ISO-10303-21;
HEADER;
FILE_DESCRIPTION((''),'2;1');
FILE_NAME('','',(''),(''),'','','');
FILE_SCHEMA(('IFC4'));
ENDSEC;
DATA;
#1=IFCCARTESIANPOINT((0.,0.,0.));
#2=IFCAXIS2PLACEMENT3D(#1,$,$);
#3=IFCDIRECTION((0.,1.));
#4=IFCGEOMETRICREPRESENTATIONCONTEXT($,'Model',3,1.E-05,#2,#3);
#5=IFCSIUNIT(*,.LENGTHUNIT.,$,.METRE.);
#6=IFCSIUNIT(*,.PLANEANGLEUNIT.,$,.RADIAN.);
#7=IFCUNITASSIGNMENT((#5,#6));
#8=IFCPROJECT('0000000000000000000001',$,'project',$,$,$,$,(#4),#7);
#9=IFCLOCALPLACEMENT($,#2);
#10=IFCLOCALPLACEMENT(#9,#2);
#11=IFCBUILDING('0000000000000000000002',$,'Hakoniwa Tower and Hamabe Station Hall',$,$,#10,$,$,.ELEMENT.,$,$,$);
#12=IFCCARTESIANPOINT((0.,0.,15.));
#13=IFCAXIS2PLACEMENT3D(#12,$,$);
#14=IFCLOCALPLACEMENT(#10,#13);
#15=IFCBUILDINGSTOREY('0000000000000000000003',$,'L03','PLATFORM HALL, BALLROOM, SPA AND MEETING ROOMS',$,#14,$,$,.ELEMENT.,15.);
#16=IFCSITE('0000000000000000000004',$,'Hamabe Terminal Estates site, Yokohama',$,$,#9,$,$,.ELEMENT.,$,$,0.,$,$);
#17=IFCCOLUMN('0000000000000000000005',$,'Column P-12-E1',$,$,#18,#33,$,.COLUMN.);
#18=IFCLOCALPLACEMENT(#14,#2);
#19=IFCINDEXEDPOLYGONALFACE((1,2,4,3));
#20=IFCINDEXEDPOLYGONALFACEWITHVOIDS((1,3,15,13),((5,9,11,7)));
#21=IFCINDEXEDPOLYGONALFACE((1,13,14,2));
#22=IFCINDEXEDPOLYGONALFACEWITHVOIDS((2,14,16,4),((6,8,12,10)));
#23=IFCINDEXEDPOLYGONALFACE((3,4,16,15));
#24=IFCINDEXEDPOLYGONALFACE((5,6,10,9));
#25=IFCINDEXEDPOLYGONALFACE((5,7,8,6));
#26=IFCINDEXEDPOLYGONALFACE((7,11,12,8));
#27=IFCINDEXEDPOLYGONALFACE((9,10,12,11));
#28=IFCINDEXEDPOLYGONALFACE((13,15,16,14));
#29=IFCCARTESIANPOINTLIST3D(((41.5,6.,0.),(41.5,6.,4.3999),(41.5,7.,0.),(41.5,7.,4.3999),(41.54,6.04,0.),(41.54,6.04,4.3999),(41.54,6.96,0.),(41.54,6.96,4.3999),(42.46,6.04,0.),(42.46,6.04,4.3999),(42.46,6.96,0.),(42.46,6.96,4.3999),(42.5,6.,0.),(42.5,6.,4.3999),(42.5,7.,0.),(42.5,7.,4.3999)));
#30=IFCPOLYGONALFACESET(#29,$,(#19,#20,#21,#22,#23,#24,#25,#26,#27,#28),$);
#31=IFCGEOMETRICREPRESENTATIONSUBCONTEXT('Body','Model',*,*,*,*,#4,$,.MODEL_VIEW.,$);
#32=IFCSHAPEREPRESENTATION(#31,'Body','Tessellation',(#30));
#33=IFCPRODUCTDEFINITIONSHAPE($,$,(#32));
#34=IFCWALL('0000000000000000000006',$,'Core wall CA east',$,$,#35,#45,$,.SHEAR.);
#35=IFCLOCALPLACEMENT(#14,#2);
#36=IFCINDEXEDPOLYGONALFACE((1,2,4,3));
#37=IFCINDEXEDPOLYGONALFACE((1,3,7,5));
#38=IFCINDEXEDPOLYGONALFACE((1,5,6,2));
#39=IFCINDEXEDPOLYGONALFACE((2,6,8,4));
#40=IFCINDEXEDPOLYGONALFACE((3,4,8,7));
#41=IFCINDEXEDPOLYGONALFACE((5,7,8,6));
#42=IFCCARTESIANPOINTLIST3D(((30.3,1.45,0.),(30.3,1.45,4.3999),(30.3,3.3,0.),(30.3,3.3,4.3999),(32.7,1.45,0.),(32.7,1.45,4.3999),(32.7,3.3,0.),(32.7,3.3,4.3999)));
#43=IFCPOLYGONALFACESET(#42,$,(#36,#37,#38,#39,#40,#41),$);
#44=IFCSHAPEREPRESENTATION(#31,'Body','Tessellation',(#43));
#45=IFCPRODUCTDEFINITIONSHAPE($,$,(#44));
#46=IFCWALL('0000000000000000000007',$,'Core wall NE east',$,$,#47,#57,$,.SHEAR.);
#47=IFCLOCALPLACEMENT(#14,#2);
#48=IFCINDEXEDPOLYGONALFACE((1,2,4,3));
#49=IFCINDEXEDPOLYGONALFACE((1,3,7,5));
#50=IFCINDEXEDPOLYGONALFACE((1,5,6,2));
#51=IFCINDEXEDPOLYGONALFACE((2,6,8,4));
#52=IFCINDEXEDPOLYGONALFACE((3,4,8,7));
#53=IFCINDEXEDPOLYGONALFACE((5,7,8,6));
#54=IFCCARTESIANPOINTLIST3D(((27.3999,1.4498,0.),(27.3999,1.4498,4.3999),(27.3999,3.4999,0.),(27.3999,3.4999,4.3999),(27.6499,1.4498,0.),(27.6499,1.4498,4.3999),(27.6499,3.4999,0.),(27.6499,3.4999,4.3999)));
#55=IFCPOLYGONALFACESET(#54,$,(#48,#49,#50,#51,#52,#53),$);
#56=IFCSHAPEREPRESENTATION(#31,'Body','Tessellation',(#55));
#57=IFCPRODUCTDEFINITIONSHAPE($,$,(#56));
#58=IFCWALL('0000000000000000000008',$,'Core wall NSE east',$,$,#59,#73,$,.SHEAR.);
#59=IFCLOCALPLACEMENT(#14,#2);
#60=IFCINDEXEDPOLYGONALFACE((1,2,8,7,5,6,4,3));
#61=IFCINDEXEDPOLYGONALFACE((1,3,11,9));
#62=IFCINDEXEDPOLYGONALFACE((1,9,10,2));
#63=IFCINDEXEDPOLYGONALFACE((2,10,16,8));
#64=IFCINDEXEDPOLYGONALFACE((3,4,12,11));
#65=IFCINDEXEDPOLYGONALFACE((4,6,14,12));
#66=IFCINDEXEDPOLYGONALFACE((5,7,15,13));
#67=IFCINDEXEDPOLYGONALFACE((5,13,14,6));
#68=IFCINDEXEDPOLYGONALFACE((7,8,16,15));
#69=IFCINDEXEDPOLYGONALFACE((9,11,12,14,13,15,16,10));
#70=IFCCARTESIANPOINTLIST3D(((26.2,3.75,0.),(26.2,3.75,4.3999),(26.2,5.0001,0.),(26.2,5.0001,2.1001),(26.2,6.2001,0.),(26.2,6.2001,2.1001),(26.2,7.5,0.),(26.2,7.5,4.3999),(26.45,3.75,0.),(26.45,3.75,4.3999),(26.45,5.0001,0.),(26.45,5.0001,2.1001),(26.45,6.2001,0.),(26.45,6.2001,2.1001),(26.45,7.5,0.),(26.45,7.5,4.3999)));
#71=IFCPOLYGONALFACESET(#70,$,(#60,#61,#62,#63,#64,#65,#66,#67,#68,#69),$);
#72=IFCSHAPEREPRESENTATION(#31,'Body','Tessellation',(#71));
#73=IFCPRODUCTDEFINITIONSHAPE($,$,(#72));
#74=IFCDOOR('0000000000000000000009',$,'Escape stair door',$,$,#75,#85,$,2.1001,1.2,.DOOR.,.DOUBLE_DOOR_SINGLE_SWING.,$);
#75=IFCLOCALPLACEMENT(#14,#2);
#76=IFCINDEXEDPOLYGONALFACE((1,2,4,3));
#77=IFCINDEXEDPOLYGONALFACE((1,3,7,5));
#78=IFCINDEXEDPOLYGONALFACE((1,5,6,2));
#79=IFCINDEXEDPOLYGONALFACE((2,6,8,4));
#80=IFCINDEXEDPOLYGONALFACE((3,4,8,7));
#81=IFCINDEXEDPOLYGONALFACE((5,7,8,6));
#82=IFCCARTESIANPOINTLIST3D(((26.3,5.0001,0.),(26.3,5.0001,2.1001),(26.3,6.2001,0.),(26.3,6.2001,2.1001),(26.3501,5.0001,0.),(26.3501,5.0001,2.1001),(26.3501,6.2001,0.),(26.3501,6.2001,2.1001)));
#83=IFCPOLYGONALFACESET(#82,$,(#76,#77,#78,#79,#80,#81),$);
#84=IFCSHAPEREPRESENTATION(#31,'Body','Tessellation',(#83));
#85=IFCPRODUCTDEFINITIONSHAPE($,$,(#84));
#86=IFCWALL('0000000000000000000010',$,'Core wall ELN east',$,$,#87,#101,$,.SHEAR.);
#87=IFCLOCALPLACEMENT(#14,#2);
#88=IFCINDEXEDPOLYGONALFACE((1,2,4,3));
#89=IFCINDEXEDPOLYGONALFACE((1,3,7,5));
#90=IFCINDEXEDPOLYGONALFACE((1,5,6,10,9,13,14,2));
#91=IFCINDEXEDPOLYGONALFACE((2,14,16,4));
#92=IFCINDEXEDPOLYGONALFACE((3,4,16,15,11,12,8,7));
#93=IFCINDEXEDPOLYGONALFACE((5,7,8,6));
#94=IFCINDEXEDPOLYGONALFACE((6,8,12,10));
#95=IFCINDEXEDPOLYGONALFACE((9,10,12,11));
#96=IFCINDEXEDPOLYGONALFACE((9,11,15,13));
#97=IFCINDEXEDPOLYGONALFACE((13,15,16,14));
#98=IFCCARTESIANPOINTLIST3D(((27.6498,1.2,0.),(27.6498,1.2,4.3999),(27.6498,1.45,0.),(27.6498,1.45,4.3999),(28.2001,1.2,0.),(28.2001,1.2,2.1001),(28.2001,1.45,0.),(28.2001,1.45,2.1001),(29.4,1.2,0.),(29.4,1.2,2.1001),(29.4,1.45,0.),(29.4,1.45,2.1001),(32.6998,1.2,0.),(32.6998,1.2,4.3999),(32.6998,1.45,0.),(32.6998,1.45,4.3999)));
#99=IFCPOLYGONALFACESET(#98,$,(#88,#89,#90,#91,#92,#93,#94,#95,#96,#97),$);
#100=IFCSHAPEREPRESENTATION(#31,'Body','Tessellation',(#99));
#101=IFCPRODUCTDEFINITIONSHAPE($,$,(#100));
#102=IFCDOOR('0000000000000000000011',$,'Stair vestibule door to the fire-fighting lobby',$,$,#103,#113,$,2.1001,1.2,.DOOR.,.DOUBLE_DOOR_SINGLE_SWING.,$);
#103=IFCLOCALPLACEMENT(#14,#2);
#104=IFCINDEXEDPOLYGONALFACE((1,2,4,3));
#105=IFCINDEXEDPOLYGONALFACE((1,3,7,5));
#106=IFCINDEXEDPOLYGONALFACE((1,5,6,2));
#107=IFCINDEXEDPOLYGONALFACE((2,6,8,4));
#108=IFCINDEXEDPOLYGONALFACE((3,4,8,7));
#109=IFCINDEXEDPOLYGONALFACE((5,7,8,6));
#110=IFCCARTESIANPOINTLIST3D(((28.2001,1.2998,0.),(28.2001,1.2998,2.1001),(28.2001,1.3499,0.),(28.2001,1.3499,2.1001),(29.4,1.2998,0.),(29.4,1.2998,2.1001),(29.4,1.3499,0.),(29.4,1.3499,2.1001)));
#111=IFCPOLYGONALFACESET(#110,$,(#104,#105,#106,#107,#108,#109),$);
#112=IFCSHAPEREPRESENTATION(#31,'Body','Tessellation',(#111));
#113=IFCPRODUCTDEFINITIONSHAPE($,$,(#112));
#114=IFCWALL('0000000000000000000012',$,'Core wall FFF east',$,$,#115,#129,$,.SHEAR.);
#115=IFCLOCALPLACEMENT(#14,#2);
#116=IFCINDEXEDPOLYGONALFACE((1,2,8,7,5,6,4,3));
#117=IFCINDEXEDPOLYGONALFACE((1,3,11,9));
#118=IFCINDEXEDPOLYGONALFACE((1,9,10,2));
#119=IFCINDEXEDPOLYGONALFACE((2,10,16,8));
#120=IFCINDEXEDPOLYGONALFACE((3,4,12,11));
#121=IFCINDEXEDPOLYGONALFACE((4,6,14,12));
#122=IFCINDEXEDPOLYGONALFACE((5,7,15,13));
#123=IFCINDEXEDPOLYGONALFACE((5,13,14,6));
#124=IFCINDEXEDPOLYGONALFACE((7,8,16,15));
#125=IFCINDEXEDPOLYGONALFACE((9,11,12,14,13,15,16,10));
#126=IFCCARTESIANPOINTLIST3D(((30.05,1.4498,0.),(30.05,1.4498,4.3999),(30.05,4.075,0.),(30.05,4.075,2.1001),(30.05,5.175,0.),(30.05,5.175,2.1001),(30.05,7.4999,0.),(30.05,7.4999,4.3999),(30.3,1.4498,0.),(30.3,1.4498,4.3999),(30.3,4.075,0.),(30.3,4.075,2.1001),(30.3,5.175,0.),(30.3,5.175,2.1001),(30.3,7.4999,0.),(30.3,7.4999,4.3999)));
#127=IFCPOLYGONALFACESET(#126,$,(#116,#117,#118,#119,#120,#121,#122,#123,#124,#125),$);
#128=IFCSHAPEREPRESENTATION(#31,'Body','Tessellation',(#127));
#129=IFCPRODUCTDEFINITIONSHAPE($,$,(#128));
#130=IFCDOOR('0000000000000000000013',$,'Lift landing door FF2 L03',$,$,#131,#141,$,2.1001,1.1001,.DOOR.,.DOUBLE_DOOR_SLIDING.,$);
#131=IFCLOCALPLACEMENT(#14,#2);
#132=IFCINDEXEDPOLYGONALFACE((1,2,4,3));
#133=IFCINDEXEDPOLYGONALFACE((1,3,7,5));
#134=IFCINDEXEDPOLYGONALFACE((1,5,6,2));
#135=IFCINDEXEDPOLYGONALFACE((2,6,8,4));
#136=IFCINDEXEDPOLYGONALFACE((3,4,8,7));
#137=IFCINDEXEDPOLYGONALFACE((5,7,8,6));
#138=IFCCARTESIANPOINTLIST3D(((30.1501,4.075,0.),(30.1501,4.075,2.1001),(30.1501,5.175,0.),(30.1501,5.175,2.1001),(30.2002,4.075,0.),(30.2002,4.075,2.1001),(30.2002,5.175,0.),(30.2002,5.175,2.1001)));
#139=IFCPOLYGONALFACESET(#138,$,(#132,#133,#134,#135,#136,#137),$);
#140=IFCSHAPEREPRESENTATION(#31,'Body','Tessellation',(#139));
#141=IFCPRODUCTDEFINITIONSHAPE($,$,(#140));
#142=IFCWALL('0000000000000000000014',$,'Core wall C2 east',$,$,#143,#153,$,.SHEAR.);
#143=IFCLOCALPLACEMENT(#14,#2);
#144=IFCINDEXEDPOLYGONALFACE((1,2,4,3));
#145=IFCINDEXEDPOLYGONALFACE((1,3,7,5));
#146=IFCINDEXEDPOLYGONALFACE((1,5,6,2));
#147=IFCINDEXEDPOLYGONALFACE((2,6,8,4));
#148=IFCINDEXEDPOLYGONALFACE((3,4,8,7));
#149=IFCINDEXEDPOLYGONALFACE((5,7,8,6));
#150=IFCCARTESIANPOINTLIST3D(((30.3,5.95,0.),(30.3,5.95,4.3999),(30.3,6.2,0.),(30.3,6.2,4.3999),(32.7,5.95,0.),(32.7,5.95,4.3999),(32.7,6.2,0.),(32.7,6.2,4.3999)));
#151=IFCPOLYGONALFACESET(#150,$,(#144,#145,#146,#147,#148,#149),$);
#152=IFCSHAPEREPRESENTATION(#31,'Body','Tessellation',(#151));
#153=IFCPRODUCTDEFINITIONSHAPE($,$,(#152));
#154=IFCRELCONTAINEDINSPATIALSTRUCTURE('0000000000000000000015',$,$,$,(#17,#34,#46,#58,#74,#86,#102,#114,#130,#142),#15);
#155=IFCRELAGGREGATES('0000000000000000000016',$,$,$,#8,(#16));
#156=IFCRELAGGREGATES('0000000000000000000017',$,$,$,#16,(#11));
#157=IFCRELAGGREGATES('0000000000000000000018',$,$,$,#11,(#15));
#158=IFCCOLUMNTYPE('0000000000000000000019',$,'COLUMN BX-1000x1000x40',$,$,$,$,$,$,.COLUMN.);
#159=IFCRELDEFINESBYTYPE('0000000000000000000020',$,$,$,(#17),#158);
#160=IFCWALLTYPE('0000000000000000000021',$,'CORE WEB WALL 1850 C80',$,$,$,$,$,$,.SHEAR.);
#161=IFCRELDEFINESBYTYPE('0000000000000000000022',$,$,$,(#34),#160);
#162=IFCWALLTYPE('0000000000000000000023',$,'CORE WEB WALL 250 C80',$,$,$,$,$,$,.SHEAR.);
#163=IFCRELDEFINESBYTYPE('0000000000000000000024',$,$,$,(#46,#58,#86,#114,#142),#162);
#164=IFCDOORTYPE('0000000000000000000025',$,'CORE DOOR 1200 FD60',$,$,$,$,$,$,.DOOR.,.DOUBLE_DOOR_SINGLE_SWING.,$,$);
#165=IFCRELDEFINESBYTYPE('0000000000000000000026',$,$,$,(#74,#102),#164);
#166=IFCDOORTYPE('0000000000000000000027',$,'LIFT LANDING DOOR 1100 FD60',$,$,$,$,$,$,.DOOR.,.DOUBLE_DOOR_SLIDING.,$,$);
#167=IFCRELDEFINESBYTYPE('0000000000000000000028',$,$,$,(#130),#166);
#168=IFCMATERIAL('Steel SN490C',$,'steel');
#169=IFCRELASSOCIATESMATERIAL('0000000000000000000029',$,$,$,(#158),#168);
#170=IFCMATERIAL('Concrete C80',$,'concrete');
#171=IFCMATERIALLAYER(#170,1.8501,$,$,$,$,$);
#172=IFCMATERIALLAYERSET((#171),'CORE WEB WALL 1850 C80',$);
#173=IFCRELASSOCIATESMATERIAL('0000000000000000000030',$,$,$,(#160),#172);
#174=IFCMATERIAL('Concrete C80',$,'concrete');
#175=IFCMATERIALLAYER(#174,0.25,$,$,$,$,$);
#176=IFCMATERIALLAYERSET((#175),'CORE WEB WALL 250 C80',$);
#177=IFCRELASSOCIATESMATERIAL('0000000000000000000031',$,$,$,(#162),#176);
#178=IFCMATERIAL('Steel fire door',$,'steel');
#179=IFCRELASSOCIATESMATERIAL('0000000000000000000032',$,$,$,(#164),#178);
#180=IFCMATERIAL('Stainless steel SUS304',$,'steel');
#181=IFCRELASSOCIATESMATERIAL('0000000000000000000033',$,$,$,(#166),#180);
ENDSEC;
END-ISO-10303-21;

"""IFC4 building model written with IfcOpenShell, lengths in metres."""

from ifc_helpers import new_model, si_unit, direction, frame, frame_2d, origin, origin_2d, place, context, subcontext, project, spatial, rectangle, hollow_rectangle, extrude, material, layer, layer_set, material_profile, profile_set, type_object, element, fill, save


model = new_model("IFC4")

# Units and contexts
model_context = context("Model", 3, precision=1e-05, world=origin(), true_north=direction((0.0, 1.0)))
body_context = subcontext(model_context, "Body", "Model", "MODEL_VIEW")
ifc_project = project(units=[si_unit("LENGTHUNIT", "METRE"), si_unit("PLANEANGLEUNIT", "RADIAN")], contexts=[model_context])

# Site, building, storey
site_placement = place(None, origin())
site = spatial("IfcSite", under=ifc_project, at=site_placement, Name="Hamabe Terminal Estates site, Yokohama", CompositionType="ELEMENT", RefElevation=0.0)
building_placement = place(site_placement, origin())
building = spatial("IfcBuilding", under=site, at=building_placement, Name="Hakoniwa Tower and Hamabe Station Hall", CompositionType="ELEMENT")
storey_placement = place(building_placement, frame((0.0, 0.0, 15.0)))
storey = spatial("IfcBuildingStorey", under=building, at=storey_placement, Name="L03", Description="PLATFORM HALL, BALLROOM, SPA AND MEETING ROOMS", CompositionType="ELEMENT", Elevation=15.0)

# Column
ifc_material_1 = material(Name="Steel SN490C", Category="steel")
ifc_material_profile = material_profile(ifc_material_1, hollow_rectangle(XDim=1.0, YDim=1.0, WallThickness=0.04, at=origin_2d()), Name="BX-1000x1000x40")
ifc_profile_set = profile_set([ifc_material_profile], Name="Steel SN490C")
column_type = type_object("IfcColumnType", Name="COLUMN BX-1000x1000x40", PredefinedType="COLUMN", material=ifc_profile_set)
column_placement = place(storey_placement, frame((42.0, 6.5, 0.0), z_axis=(0.0, 0.0, 1.0), x_axis=(1.0, 0.0, 0.0)))
element("IfcColumn", 1, at=column_placement, inside=storey, type_object=column_type, Name="Column P-12-E1", PredefinedType="COLUMN", context=body_context, shape_type="SweptSolid", body=[
    extrude(hollow_rectangle(XDim=1.0, YDim=1.0, WallThickness=0.04, at=origin_2d()), origin(), (0.0, 0.0, 1.0), 4.3999),
])

# Walls
ifc_material_2 = material(Name="Concrete C80", Category="concrete")
ifc_layer_1 = layer(ifc_material_2, 1.8501)
ifc_layer_set_1 = layer_set([ifc_layer_1], Name="CORE WEB WALL 1850 C80")
wall_type_1 = type_object("IfcWallType", Name="CORE WEB WALL 1850 C80", PredefinedType="SHEAR", material=ifc_layer_set_1)
wall_1_placement = place(storey_placement, frame((30.3, 2.375, 0.0), z_axis=(0.0, 0.0, 1.0), x_axis=(1.0, 0.0, 0.0)))
element("IfcWall", 2, at=wall_1_placement, inside=storey, type_object=wall_type_1, Name="Core wall CA east", PredefinedType="SHEAR", context=body_context, shape_type="SweptSolid", body=[
    extrude(rectangle(XDim=2.3999, YDim=1.8501, at=frame_2d((1.2, 0.0))), origin(), (0.0, 0.0, 1.0), 4.3999),
])
ifc_material_3 = material(Name="Concrete C80", Category="concrete")
ifc_layer_2 = layer(ifc_material_3, 0.25)
ifc_layer_set_2 = layer_set([ifc_layer_2], Name="CORE WEB WALL 250 C80")
wall_type_2 = type_object("IfcWallType", Name="CORE WEB WALL 250 C80", PredefinedType="SHEAR", material=ifc_layer_set_2)
wall_2_placement = place(storey_placement, frame((27.5249, 1.45, 0.0), z_axis=(0.0, 0.0, 1.0), x_axis=(0.0, 1.0, 0.0)))
element("IfcWall", 3, at=wall_2_placement, inside=storey, type_object=wall_type_2, Name="Core wall NE east", PredefinedType="SHEAR", context=body_context, shape_type="SweptSolid", body=[
    extrude(rectangle(XDim=2.05, YDim=0.25, at=frame_2d((1.0249, 0.0))), origin(), (0.0, 0.0, 1.0), 4.3999),
])

# Walls, openings, doors
wall_3_placement = place(storey_placement, frame((26.325, 3.75, 0.0), z_axis=(0.0, 0.0, 1.0), x_axis=(0.0, 1.0, 0.0)))
wall_3 = element("IfcWall", 4, at=wall_3_placement, inside=storey, type_object=wall_type_2, Name="Core wall NSE east", PredefinedType="SHEAR", context=body_context, shape_type="SweptSolid", body=[
    extrude(rectangle(XDim=3.75, YDim=0.25, at=frame_2d((1.875, 0.0))), origin(), (0.0, 0.0, 1.0), 4.3999),
])
opening_1_placement = place(wall_3_placement, frame((1.25, 0.0, 0.0)))
opening_1 = element("IfcOpeningElement", 5, at=opening_1_placement, cuts=wall_3, PredefinedType="OPENING", context=body_context, shape_type="SweptSolid", body=[
    extrude(rectangle(XDim=1.2, YDim=2.1001, at=frame_2d((0.6001, 1.05))), frame((0.0, 0.135, 0.0), z_axis=(0.0, -1.0, 0.0), x_axis=(1.0, 0.0, 0.0)), (0.0, 0.0, 1.0), 0.27),
])
ifc_material_4 = material(Name="Steel fire door", Category="steel")
door_type_1 = type_object("IfcDoorType", Name="CORE DOOR 1200 FD60", OperationType="DOUBLE_DOOR_SINGLE_SWING", PredefinedType="DOOR", material=ifc_material_4)
door_1_placement = place(opening_1_placement, origin())
door_1 = element("IfcDoor", 6, at=door_1_placement, inside=storey, type_object=door_type_1, Name="Escape stair door", OperationType="DOUBLE_DOOR_SINGLE_SWING", OverallHeight=2.1001, OverallWidth=1.2, PredefinedType="DOOR", context=body_context, shape_type="SweptSolid", body=[
    extrude(rectangle(XDim=1.2, YDim=2.1001, at=frame_2d((0.6001, 1.05))), frame((0.0, 0.0249, 0.0), z_axis=(0.0, -1.0, 0.0), x_axis=(1.0, 0.0, 0.0)), (0.0, 0.0, 1.0), 0.05),
])
fill(opening_1, door_1)
wall_4_placement = place(storey_placement, frame((27.6499, 1.325, 0.0), z_axis=(0.0, 0.0, 1.0), x_axis=(1.0, 0.0, 0.0)))
wall_4 = element("IfcWall", 7, at=wall_4_placement, inside=storey, type_object=wall_type_2, Name="Core wall ELN east", PredefinedType="SHEAR", context=body_context, shape_type="SweptSolid", body=[
    extrude(rectangle(XDim=5.05, YDim=0.25, at=frame_2d((2.5249, 0.0))), origin(), (0.0, 0.0, 1.0), 4.3999),
])
opening_2_placement = place(wall_4_placement, frame((0.55, 0.0, 0.0)))
opening_2 = element("IfcOpeningElement", 8, at=opening_2_placement, cuts=wall_4, PredefinedType="OPENING", context=body_context, shape_type="SweptSolid", body=[
    extrude(rectangle(XDim=1.2, YDim=2.1001, at=frame_2d((0.6001, 1.05))), frame((0.0, 0.135, 0.0), z_axis=(0.0, -1.0, 0.0), x_axis=(1.0, 0.0, 0.0)), (0.0, 0.0, 1.0), 0.27),
])
door_2_placement = place(opening_2_placement, origin())
door_2 = element("IfcDoor", 9, at=door_2_placement, inside=storey, type_object=door_type_1, Name="Stair vestibule door to the fire-fighting lobby", OperationType="DOUBLE_DOOR_SINGLE_SWING", OverallHeight=2.1001, OverallWidth=1.2, PredefinedType="DOOR", context=body_context, shape_type="SweptSolid", body=[
    extrude(rectangle(XDim=1.2, YDim=2.1001, at=frame_2d((0.6001, 1.05))), frame((0.0, 0.0249, 0.0), z_axis=(0.0, -1.0, 0.0), x_axis=(1.0, 0.0, 0.0)), (0.0, 0.0, 1.0), 0.05),
])
fill(opening_2, door_2)
wall_5_placement = place(storey_placement, frame((30.175, 1.45, 0.0), z_axis=(0.0, 0.0, 1.0), x_axis=(0.0, 1.0, 0.0)))
wall_5 = element("IfcWall", 10, at=wall_5_placement, inside=storey, type_object=wall_type_2, Name="Core wall FFF east", PredefinedType="SHEAR", context=body_context, shape_type="SweptSolid", body=[
    extrude(rectangle(XDim=6.05, YDim=0.25, at=frame_2d((3.0249, 0.0))), origin(), (0.0, 0.0, 1.0), 4.3999),
])
opening_3_placement = place(wall_5_placement, frame((2.625, 0.0, 0.0)))
opening_3 = element("IfcOpeningElement", 11, at=opening_3_placement, cuts=wall_5, PredefinedType="OPENING", context=body_context, shape_type="SweptSolid", body=[
    extrude(rectangle(XDim=1.1001, YDim=2.1001, at=frame_2d((0.55, 1.05))), frame((0.0, 0.135, 0.0), z_axis=(0.0, -1.0, 0.0), x_axis=(1.0, 0.0, 0.0)), (0.0, 0.0, 1.0), 0.27),
])
ifc_material_5 = material(Name="Stainless steel SUS304", Category="steel")
door_type_2 = type_object("IfcDoorType", Name="LIFT LANDING DOOR 1100 FD60", OperationType="DOUBLE_DOOR_SLIDING", PredefinedType="DOOR", material=ifc_material_5)
door_3_placement = place(opening_3_placement, origin())
door_3 = element("IfcDoor", 12, at=door_3_placement, inside=storey, type_object=door_type_2, Name="Lift landing door FF2 L03", OperationType="DOUBLE_DOOR_SLIDING", OverallHeight=2.1001, OverallWidth=1.1001, PredefinedType="DOOR", context=body_context, shape_type="SweptSolid", body=[
    extrude(rectangle(XDim=1.1001, YDim=2.1001, at=frame_2d((0.55, 1.05))), frame((0.0, 0.0249, 0.0), z_axis=(0.0, -1.0, 0.0), x_axis=(1.0, 0.0, 0.0)), (0.0, 0.0, 1.0), 0.05),
])
fill(opening_3, door_3)

# Wall
wall_6_placement = place(storey_placement, frame((30.3, 6.075, 0.0), z_axis=(0.0, 0.0, 1.0), x_axis=(1.0, 0.0, 0.0)))
element("IfcWall", 13, at=wall_6_placement, inside=storey, type_object=wall_type_2, Name="Core wall C2 east", PredefinedType="SHEAR", context=body_context, shape_type="SweptSolid", body=[
    extrude(rectangle(XDim=2.3999, YDim=0.25, at=frame_2d((1.2, 0.0))), origin(), (0.0, 0.0, 1.0), 4.3999),
])

save(model, "model.ifc")
